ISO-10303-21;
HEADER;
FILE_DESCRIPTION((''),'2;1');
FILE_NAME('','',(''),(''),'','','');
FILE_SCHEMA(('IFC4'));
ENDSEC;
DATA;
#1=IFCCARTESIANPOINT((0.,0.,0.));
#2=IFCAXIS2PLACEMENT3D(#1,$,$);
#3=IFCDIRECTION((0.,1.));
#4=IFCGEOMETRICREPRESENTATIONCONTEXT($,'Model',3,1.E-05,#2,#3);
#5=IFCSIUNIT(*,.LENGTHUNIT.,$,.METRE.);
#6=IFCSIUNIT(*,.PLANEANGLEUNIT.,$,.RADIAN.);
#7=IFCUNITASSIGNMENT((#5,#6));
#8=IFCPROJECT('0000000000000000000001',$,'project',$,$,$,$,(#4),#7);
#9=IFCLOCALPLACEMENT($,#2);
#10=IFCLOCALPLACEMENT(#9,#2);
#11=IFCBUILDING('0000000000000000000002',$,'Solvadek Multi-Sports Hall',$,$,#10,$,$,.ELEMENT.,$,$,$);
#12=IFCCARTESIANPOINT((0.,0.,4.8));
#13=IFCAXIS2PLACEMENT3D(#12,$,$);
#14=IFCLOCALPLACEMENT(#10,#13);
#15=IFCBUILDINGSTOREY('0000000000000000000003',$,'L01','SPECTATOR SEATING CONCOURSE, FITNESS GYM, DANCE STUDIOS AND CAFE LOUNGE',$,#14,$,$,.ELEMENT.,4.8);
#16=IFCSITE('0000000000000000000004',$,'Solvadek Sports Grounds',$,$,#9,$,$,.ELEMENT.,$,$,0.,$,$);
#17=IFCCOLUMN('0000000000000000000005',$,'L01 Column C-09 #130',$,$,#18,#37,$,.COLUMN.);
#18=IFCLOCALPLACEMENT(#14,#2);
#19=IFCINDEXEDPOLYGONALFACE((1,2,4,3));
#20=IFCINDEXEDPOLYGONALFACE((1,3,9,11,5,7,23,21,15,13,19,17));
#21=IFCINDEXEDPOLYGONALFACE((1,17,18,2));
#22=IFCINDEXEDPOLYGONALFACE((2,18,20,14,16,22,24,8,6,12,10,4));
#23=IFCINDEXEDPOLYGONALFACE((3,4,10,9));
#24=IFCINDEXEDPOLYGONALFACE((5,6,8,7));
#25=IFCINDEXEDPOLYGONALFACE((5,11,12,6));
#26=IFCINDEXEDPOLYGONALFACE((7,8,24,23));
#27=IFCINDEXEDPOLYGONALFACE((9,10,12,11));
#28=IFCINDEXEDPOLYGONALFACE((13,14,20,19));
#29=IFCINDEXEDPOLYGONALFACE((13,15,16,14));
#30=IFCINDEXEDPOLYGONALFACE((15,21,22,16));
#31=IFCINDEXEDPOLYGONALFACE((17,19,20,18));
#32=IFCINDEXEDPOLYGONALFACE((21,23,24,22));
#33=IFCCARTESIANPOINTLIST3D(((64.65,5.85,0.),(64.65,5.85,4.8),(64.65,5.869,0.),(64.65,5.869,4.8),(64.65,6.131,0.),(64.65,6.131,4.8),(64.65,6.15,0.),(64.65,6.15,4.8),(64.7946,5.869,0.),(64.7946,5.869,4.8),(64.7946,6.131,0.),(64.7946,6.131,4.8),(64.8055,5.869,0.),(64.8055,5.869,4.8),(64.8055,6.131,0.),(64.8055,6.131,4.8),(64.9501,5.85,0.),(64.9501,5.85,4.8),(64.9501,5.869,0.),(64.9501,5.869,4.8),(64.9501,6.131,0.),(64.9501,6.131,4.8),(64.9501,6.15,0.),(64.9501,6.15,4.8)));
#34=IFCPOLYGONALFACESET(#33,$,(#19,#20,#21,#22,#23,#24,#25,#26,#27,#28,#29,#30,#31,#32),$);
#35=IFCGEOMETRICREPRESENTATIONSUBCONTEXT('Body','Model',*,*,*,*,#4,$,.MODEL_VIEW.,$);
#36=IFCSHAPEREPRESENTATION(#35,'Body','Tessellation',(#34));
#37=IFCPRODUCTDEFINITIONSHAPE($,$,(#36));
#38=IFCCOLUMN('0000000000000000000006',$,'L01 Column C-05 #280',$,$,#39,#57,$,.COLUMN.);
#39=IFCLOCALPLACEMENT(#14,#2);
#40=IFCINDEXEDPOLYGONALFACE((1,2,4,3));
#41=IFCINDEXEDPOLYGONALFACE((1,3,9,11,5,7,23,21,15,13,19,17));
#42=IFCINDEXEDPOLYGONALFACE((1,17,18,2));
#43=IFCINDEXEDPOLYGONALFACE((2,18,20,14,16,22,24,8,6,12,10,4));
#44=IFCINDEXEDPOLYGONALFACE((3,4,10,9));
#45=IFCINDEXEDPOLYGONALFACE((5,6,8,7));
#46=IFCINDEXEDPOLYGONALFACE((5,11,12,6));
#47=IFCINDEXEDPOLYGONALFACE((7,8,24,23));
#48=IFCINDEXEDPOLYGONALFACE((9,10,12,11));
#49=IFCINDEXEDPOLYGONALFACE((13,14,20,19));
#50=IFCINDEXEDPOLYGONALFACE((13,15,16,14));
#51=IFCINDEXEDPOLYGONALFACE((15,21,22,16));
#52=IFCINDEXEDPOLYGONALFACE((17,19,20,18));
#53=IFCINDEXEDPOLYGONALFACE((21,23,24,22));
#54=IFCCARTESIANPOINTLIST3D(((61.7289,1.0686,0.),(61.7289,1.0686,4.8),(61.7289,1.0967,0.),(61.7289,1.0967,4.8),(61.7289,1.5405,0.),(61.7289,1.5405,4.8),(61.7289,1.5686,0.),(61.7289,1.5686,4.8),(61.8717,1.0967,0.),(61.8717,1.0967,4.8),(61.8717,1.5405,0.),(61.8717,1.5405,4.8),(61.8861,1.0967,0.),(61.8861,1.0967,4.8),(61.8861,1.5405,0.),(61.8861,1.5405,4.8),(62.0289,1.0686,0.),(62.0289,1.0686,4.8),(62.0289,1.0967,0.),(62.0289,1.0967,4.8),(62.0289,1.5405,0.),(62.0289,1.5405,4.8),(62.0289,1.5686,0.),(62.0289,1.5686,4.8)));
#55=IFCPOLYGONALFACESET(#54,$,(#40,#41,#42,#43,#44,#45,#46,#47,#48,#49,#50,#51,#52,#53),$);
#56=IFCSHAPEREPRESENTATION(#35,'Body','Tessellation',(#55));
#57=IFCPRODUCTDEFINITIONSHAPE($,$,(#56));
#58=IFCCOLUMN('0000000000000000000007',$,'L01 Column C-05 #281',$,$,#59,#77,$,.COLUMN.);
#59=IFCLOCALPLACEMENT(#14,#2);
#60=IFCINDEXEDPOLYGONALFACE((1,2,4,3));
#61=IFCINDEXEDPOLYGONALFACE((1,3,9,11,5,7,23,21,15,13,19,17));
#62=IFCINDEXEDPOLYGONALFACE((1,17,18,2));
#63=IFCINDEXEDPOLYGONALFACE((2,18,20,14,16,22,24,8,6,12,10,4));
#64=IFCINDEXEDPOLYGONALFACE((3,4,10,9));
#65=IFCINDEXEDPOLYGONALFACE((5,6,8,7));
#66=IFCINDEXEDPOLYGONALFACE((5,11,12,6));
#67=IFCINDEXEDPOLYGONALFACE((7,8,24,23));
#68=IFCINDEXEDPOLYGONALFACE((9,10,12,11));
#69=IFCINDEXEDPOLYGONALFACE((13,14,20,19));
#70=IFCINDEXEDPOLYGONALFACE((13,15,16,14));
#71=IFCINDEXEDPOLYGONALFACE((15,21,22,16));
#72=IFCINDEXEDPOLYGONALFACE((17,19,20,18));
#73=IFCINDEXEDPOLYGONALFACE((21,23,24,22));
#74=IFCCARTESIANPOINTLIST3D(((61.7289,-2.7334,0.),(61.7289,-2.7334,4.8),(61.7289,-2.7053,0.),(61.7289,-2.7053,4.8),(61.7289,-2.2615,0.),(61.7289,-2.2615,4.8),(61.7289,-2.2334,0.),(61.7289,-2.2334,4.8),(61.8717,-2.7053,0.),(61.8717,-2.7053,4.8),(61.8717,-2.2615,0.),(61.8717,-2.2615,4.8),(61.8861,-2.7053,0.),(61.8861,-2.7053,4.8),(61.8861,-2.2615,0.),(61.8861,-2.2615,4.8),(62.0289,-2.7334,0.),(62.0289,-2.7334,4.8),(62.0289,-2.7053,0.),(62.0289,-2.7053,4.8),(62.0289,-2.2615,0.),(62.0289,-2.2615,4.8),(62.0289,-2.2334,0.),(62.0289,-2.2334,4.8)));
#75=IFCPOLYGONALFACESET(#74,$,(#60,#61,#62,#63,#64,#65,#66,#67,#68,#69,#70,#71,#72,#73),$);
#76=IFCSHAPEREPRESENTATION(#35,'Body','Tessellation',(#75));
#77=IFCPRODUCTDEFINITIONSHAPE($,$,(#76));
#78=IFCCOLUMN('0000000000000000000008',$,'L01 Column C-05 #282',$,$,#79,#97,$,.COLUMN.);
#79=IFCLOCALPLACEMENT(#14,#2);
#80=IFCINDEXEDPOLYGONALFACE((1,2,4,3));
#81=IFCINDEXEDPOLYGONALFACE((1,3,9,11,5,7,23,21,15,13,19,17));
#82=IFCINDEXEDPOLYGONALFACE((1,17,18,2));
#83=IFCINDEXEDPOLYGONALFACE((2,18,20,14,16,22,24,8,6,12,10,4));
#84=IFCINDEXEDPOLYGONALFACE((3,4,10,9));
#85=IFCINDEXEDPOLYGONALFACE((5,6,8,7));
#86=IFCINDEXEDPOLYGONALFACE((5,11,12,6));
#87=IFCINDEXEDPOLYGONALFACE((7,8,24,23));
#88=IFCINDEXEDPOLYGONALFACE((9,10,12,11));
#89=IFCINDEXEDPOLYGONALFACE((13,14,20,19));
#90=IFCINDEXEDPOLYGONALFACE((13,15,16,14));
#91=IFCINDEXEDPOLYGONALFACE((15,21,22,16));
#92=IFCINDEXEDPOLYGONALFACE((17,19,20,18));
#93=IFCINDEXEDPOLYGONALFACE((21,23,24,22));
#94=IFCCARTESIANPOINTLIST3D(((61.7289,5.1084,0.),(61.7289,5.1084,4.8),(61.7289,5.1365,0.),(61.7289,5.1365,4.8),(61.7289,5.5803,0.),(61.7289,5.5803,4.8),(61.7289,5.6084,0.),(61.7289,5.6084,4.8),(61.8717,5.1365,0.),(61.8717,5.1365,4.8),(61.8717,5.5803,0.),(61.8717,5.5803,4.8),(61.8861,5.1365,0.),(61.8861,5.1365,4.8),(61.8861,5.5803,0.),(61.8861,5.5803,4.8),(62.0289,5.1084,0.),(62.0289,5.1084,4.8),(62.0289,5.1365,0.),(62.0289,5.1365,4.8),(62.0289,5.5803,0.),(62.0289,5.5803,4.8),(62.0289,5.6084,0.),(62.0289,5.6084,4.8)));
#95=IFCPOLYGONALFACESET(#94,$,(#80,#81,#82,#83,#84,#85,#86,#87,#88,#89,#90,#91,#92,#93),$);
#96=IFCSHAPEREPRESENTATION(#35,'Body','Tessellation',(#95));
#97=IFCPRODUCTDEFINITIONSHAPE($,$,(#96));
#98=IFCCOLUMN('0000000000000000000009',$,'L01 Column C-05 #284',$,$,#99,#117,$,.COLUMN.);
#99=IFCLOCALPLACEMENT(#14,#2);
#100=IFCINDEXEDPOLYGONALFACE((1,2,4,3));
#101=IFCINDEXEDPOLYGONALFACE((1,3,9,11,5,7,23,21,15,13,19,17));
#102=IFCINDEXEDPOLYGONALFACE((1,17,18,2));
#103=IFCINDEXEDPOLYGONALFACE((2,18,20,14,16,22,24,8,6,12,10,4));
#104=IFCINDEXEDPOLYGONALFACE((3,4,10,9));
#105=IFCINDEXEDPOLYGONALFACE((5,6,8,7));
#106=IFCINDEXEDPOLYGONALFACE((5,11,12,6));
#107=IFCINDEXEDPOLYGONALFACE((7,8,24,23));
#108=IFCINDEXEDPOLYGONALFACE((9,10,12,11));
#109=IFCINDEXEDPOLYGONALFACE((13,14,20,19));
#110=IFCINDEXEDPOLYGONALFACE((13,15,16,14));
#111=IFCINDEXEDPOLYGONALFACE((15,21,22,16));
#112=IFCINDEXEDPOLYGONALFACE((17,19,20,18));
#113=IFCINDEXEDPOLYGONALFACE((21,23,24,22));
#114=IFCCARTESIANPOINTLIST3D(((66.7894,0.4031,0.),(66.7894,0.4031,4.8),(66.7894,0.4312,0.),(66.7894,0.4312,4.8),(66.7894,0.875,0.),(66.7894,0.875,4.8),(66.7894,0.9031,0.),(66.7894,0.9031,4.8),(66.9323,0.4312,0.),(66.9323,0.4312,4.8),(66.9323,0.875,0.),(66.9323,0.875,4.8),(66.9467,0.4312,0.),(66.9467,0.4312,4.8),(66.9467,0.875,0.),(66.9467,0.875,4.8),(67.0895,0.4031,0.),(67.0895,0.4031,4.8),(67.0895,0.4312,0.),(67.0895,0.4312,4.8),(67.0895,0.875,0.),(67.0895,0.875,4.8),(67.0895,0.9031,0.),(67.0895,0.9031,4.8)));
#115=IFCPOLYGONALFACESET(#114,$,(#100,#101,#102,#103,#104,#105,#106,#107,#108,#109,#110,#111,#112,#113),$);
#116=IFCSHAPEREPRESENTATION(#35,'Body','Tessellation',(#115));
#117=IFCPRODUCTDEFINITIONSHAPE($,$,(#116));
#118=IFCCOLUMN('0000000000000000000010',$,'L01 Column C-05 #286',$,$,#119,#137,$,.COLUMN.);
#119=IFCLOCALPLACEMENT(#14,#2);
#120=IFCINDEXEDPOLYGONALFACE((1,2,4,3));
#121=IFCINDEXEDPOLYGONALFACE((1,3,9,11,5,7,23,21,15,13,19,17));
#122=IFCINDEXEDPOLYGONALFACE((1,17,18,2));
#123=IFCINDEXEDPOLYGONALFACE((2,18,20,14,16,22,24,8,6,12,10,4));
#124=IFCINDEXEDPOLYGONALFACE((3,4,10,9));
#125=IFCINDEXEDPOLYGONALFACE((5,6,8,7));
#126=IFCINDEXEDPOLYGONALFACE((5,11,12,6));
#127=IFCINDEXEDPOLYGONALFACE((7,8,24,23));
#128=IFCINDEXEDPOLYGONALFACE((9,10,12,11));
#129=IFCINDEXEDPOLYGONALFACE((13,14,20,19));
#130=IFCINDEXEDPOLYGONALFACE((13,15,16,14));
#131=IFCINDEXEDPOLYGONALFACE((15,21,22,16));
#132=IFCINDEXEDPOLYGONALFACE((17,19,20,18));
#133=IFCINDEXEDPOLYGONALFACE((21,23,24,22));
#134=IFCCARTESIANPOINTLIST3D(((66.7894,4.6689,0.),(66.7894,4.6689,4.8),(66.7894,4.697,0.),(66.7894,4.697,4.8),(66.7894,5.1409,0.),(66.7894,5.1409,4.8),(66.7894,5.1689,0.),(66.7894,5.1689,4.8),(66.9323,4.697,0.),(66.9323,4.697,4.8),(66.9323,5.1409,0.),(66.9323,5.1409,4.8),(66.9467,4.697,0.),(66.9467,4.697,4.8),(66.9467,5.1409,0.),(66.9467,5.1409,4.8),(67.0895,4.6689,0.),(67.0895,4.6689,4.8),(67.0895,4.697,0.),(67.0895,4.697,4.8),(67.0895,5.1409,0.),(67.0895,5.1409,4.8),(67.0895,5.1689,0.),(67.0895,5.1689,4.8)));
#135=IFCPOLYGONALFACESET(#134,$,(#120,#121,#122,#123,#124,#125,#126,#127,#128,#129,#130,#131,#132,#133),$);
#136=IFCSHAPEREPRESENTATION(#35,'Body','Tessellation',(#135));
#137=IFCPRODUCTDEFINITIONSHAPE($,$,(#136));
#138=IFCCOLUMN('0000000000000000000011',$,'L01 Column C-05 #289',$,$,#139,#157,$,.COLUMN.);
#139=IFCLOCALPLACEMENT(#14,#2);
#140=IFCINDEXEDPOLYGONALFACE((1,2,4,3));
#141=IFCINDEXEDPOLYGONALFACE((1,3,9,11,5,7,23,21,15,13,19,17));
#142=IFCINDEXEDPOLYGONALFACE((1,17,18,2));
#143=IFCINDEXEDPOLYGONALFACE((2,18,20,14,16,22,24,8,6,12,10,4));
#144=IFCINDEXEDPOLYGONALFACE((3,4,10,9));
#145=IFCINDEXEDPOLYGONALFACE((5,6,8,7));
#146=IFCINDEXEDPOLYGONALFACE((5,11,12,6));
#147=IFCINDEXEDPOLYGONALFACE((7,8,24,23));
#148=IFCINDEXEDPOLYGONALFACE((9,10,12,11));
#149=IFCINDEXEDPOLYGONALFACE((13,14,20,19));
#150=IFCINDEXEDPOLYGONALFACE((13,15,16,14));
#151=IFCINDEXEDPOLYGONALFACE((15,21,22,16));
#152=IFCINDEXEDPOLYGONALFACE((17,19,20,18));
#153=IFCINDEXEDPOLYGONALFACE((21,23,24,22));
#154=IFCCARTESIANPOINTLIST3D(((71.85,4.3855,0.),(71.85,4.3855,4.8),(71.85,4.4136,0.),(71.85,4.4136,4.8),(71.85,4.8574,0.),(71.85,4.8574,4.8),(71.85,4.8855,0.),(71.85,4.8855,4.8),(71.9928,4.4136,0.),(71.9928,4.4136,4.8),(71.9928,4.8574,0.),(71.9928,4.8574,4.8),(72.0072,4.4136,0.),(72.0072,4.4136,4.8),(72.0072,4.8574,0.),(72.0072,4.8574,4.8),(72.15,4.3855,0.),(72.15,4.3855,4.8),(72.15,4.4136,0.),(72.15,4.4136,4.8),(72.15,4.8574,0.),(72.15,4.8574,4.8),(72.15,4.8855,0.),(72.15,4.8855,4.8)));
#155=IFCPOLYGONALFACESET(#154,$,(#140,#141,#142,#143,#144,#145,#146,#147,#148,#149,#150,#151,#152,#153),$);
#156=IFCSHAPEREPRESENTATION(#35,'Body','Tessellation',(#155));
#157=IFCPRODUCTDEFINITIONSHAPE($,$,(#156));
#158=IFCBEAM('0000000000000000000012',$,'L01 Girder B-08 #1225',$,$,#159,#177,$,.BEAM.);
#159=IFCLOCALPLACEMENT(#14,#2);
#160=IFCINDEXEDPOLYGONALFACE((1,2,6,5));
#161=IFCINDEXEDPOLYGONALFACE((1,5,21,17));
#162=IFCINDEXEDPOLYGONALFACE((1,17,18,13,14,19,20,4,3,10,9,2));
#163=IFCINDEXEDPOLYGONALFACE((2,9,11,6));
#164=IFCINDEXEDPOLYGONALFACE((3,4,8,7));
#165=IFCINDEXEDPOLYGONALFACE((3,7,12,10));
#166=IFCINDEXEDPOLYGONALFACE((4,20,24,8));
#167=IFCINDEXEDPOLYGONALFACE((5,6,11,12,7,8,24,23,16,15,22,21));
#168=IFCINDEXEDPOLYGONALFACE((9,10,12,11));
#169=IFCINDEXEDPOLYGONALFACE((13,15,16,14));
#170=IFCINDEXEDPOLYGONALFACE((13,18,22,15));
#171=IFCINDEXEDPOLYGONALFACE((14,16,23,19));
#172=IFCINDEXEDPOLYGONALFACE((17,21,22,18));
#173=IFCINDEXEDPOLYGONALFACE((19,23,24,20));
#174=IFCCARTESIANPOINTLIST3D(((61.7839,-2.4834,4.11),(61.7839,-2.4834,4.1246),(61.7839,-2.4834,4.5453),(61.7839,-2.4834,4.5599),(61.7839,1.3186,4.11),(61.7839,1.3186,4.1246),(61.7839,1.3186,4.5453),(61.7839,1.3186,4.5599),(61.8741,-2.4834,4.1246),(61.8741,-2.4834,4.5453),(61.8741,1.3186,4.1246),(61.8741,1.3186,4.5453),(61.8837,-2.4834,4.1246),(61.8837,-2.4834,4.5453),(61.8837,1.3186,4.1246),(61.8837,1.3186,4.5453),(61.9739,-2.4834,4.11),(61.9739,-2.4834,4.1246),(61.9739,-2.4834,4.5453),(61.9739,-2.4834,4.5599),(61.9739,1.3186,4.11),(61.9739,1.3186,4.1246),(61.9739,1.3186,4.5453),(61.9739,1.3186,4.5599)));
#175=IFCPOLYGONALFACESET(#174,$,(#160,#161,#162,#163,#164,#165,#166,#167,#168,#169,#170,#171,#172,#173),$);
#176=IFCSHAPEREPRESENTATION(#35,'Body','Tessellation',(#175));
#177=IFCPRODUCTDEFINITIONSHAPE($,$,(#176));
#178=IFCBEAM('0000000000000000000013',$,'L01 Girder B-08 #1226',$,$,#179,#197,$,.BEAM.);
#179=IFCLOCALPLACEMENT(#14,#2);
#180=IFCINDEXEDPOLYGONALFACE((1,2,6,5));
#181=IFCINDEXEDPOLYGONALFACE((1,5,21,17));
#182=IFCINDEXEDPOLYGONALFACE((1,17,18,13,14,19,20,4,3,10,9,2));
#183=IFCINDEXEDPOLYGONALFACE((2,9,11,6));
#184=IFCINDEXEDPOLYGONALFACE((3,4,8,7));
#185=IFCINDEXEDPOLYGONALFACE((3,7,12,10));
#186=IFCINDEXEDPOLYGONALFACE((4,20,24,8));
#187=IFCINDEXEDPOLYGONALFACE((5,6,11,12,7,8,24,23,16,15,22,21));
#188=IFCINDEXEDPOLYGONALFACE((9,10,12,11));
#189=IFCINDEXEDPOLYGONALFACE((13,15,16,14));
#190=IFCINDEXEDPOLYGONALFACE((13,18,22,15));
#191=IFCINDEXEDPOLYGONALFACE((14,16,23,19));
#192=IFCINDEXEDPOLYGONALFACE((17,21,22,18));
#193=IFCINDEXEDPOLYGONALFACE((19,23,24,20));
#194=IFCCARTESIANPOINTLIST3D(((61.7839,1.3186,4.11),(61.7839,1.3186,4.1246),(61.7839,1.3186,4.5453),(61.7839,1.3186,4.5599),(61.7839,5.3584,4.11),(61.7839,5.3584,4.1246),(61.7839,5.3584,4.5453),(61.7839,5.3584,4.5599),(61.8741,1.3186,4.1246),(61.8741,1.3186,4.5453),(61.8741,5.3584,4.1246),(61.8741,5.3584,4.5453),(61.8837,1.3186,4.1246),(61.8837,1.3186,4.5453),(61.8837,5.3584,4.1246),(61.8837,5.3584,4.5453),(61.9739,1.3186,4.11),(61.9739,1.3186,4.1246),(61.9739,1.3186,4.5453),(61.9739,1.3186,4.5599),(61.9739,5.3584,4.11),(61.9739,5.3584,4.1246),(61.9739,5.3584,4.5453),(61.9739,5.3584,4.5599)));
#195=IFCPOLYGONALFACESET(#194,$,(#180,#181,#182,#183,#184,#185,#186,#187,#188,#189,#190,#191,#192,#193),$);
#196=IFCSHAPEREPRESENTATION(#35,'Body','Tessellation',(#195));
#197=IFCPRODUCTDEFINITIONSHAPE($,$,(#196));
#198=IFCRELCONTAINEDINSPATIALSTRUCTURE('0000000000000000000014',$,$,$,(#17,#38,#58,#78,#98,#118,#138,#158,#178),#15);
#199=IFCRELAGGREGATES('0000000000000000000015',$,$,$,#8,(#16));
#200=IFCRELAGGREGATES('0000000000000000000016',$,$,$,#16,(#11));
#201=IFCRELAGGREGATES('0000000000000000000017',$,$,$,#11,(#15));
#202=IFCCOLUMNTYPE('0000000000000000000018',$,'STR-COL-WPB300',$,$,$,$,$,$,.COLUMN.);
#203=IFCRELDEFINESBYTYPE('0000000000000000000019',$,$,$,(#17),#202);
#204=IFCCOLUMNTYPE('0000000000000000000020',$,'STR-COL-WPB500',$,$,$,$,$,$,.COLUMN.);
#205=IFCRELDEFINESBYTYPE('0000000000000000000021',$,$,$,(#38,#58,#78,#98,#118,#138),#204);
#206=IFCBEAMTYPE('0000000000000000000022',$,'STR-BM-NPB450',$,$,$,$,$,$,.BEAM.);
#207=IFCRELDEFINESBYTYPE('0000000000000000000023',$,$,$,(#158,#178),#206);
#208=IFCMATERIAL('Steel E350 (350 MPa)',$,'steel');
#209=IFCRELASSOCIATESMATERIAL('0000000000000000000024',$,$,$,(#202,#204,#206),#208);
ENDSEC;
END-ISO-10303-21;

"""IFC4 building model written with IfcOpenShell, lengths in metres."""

from ifc_helpers import new_model, si_unit, direction, frame, origin, origin_2d, place, context, subcontext, project, spatial, i_section, extrude, material, material_profile, profile_set, type_object, element, save


model = new_model("IFC4")

# Units and contexts
model_context = context("Model", 3, precision=1e-05, world=origin(), true_north=direction((0.0, 1.0)))
body_context = subcontext(model_context, "Body", "Model", "MODEL_VIEW")
ifc_project = project(units=[si_unit("LENGTHUNIT", "METRE"), si_unit("PLANEANGLEUNIT", "RADIAN")], contexts=[model_context])

# Site, building, storey
site_placement = place(None, origin())
site = spatial("IfcSite", under=ifc_project, at=site_placement, Name="Solvadek Sports Grounds", CompositionType="ELEMENT", RefElevation=0.0)
building_placement = place(site_placement, origin())
building = spatial("IfcBuilding", under=site, at=building_placement, Name="Solvadek Multi-Sports Hall", CompositionType="ELEMENT")
storey_placement = place(building_placement, frame((0.0, 0.0, 4.8)))
storey = spatial("IfcBuildingStorey", under=building, at=storey_placement, Name="L01", Description="SPECTATOR SEATING CONCOURSE, FITNESS GYM, DANCE STUDIOS AND CAFE LOUNGE", CompositionType="ELEMENT", Elevation=4.8)

# Columns
ifc_material_1 = material(Name="Steel E350 (350 MPa)", Category="steel")
ifc_material_profile_1 = material_profile(ifc_material_1, i_section(OverallWidth=0.3, OverallDepth=0.3, WebThickness=0.011, FlangeThickness=0.019, at=origin_2d()), Name="WPB 300")
ifc_profile_set_1 = profile_set([ifc_material_profile_1], Name="Steel E350 (350 MPa)")
column_type_1 = type_object("IfcColumnType", Name="STR-COL-WPB300", PredefinedType="COLUMN", material=ifc_profile_set_1)
for number, where, z_axis, x_axis, name in (
    (1, (64.8, 6.0, 0.0), (0.0, 0.0, 1.0), (1.0, 0.0, 0.0), "L01 Column C-09 #130"),
):
    element("IfcColumn", number, at=place(storey_placement, frame(where, z_axis=z_axis, x_axis=x_axis)), inside=storey, type_object=column_type_1, Name=name, PredefinedType="COLUMN", context=body_context, shape_type="SweptSolid", body=[
        extrude(i_section(OverallWidth=0.3, OverallDepth=0.3, WebThickness=0.011, FlangeThickness=0.019, at=origin_2d()), origin(), (0.0, 0.0, 1.0), 4.8),
    ])
ifc_material_profile_2 = material_profile(ifc_material_1, i_section(OverallWidth=0.3, OverallDepth=0.5, WebThickness=0.0144, FlangeThickness=0.0281, at=origin_2d()), Name="WPB 500")
ifc_profile_set_2 = profile_set([ifc_material_profile_2], Name="Steel E350 (350 MPa)")
column_type_2 = type_object("IfcColumnType", Name="STR-COL-WPB500", PredefinedType="COLUMN", material=ifc_profile_set_2)
for number, where, z_axis, x_axis, name in (
    (2, (61.8789, 1.3186, 0.0), (0.0, 0.0, 1.0), (1.0, 0.0, 0.0), "L01 Column C-05 #280"),
    (3, (61.8789, -2.4834, 0.0), (0.0, 0.0, 1.0), (1.0, 0.0, 0.0), "L01 Column C-05 #281"),
    (4, (61.8789, 5.3584, 0.0), (0.0, 0.0, 1.0), (1.0, 0.0, 0.0), "L01 Column C-05 #282"),
    (5, (66.9395, 0.6531, 0.0), (0.0, 0.0, 1.0), (1.0, 0.0, 0.0), "L01 Column C-05 #284"),
    (6, (66.9395, 4.9189, 0.0), (0.0, 0.0, 1.0), (1.0, 0.0, 0.0), "L01 Column C-05 #286"),
    (7, (72.0, 4.6355, 0.0), (0.0, 0.0, 1.0), (1.0, 0.0, 0.0), "L01 Column C-05 #289"),
):
    element("IfcColumn", number, at=place(storey_placement, frame(where, z_axis=z_axis, x_axis=x_axis)), inside=storey, type_object=column_type_2, Name=name, PredefinedType="COLUMN", context=body_context, shape_type="SweptSolid", body=[
        extrude(i_section(OverallWidth=0.3, OverallDepth=0.5, WebThickness=0.0144, FlangeThickness=0.0281, at=origin_2d()), origin(), (0.0, 0.0, 1.0), 4.8),
    ])

# Beams
ifc_material_profile_3 = material_profile(ifc_material_1, i_section(OverallWidth=0.1899, OverallDepth=0.45, WebThickness=0.0095, FlangeThickness=0.0146, at=origin_2d()), Name="NPB 450")
ifc_profile_set_3 = profile_set([ifc_material_profile_3], Name="Steel E350 (350 MPa)")
beam_type_1 = type_object("IfcBeamType", Name="STR-BM-NPB450", PredefinedType="BEAM", material=ifc_profile_set_3)
beam_1_placement = place(storey_placement, frame((61.8789, -2.4834, 4.335), z_axis=(0.0, 1.0, 0.0), x_axis=(-1.0, 0.0, 0.0)))
element("IfcBeam", 8, at=beam_1_placement, inside=storey, type_object=beam_type_1, Name="L01 Girder B-08 #1225", PredefinedType="BEAM", context=body_context, shape_type="SweptSolid", body=[
    extrude(i_section(OverallWidth=0.1899, OverallDepth=0.45, WebThickness=0.0095, FlangeThickness=0.0146, at=origin_2d()), origin(), (0.0, 0.0, 1.0), 3.802),
])
beam_2_placement = place(storey_placement, frame((61.8789, 1.3186, 4.335), z_axis=(0.0, 1.0, 0.0), x_axis=(-1.0, 0.0, 0.0)))
element("IfcBeam", 9, at=beam_2_placement, inside=storey, type_object=beam_type_1, Name="L01 Girder B-08 #1226", PredefinedType="BEAM", context=body_context, shape_type="SweptSolid", body=[
    extrude(i_section(OverallWidth=0.1899, OverallDepth=0.45, WebThickness=0.0095, FlangeThickness=0.0146, at=origin_2d()), origin(), (0.0, 0.0, 1.0), 4.0398),
])

save(model, "model.ifc")
